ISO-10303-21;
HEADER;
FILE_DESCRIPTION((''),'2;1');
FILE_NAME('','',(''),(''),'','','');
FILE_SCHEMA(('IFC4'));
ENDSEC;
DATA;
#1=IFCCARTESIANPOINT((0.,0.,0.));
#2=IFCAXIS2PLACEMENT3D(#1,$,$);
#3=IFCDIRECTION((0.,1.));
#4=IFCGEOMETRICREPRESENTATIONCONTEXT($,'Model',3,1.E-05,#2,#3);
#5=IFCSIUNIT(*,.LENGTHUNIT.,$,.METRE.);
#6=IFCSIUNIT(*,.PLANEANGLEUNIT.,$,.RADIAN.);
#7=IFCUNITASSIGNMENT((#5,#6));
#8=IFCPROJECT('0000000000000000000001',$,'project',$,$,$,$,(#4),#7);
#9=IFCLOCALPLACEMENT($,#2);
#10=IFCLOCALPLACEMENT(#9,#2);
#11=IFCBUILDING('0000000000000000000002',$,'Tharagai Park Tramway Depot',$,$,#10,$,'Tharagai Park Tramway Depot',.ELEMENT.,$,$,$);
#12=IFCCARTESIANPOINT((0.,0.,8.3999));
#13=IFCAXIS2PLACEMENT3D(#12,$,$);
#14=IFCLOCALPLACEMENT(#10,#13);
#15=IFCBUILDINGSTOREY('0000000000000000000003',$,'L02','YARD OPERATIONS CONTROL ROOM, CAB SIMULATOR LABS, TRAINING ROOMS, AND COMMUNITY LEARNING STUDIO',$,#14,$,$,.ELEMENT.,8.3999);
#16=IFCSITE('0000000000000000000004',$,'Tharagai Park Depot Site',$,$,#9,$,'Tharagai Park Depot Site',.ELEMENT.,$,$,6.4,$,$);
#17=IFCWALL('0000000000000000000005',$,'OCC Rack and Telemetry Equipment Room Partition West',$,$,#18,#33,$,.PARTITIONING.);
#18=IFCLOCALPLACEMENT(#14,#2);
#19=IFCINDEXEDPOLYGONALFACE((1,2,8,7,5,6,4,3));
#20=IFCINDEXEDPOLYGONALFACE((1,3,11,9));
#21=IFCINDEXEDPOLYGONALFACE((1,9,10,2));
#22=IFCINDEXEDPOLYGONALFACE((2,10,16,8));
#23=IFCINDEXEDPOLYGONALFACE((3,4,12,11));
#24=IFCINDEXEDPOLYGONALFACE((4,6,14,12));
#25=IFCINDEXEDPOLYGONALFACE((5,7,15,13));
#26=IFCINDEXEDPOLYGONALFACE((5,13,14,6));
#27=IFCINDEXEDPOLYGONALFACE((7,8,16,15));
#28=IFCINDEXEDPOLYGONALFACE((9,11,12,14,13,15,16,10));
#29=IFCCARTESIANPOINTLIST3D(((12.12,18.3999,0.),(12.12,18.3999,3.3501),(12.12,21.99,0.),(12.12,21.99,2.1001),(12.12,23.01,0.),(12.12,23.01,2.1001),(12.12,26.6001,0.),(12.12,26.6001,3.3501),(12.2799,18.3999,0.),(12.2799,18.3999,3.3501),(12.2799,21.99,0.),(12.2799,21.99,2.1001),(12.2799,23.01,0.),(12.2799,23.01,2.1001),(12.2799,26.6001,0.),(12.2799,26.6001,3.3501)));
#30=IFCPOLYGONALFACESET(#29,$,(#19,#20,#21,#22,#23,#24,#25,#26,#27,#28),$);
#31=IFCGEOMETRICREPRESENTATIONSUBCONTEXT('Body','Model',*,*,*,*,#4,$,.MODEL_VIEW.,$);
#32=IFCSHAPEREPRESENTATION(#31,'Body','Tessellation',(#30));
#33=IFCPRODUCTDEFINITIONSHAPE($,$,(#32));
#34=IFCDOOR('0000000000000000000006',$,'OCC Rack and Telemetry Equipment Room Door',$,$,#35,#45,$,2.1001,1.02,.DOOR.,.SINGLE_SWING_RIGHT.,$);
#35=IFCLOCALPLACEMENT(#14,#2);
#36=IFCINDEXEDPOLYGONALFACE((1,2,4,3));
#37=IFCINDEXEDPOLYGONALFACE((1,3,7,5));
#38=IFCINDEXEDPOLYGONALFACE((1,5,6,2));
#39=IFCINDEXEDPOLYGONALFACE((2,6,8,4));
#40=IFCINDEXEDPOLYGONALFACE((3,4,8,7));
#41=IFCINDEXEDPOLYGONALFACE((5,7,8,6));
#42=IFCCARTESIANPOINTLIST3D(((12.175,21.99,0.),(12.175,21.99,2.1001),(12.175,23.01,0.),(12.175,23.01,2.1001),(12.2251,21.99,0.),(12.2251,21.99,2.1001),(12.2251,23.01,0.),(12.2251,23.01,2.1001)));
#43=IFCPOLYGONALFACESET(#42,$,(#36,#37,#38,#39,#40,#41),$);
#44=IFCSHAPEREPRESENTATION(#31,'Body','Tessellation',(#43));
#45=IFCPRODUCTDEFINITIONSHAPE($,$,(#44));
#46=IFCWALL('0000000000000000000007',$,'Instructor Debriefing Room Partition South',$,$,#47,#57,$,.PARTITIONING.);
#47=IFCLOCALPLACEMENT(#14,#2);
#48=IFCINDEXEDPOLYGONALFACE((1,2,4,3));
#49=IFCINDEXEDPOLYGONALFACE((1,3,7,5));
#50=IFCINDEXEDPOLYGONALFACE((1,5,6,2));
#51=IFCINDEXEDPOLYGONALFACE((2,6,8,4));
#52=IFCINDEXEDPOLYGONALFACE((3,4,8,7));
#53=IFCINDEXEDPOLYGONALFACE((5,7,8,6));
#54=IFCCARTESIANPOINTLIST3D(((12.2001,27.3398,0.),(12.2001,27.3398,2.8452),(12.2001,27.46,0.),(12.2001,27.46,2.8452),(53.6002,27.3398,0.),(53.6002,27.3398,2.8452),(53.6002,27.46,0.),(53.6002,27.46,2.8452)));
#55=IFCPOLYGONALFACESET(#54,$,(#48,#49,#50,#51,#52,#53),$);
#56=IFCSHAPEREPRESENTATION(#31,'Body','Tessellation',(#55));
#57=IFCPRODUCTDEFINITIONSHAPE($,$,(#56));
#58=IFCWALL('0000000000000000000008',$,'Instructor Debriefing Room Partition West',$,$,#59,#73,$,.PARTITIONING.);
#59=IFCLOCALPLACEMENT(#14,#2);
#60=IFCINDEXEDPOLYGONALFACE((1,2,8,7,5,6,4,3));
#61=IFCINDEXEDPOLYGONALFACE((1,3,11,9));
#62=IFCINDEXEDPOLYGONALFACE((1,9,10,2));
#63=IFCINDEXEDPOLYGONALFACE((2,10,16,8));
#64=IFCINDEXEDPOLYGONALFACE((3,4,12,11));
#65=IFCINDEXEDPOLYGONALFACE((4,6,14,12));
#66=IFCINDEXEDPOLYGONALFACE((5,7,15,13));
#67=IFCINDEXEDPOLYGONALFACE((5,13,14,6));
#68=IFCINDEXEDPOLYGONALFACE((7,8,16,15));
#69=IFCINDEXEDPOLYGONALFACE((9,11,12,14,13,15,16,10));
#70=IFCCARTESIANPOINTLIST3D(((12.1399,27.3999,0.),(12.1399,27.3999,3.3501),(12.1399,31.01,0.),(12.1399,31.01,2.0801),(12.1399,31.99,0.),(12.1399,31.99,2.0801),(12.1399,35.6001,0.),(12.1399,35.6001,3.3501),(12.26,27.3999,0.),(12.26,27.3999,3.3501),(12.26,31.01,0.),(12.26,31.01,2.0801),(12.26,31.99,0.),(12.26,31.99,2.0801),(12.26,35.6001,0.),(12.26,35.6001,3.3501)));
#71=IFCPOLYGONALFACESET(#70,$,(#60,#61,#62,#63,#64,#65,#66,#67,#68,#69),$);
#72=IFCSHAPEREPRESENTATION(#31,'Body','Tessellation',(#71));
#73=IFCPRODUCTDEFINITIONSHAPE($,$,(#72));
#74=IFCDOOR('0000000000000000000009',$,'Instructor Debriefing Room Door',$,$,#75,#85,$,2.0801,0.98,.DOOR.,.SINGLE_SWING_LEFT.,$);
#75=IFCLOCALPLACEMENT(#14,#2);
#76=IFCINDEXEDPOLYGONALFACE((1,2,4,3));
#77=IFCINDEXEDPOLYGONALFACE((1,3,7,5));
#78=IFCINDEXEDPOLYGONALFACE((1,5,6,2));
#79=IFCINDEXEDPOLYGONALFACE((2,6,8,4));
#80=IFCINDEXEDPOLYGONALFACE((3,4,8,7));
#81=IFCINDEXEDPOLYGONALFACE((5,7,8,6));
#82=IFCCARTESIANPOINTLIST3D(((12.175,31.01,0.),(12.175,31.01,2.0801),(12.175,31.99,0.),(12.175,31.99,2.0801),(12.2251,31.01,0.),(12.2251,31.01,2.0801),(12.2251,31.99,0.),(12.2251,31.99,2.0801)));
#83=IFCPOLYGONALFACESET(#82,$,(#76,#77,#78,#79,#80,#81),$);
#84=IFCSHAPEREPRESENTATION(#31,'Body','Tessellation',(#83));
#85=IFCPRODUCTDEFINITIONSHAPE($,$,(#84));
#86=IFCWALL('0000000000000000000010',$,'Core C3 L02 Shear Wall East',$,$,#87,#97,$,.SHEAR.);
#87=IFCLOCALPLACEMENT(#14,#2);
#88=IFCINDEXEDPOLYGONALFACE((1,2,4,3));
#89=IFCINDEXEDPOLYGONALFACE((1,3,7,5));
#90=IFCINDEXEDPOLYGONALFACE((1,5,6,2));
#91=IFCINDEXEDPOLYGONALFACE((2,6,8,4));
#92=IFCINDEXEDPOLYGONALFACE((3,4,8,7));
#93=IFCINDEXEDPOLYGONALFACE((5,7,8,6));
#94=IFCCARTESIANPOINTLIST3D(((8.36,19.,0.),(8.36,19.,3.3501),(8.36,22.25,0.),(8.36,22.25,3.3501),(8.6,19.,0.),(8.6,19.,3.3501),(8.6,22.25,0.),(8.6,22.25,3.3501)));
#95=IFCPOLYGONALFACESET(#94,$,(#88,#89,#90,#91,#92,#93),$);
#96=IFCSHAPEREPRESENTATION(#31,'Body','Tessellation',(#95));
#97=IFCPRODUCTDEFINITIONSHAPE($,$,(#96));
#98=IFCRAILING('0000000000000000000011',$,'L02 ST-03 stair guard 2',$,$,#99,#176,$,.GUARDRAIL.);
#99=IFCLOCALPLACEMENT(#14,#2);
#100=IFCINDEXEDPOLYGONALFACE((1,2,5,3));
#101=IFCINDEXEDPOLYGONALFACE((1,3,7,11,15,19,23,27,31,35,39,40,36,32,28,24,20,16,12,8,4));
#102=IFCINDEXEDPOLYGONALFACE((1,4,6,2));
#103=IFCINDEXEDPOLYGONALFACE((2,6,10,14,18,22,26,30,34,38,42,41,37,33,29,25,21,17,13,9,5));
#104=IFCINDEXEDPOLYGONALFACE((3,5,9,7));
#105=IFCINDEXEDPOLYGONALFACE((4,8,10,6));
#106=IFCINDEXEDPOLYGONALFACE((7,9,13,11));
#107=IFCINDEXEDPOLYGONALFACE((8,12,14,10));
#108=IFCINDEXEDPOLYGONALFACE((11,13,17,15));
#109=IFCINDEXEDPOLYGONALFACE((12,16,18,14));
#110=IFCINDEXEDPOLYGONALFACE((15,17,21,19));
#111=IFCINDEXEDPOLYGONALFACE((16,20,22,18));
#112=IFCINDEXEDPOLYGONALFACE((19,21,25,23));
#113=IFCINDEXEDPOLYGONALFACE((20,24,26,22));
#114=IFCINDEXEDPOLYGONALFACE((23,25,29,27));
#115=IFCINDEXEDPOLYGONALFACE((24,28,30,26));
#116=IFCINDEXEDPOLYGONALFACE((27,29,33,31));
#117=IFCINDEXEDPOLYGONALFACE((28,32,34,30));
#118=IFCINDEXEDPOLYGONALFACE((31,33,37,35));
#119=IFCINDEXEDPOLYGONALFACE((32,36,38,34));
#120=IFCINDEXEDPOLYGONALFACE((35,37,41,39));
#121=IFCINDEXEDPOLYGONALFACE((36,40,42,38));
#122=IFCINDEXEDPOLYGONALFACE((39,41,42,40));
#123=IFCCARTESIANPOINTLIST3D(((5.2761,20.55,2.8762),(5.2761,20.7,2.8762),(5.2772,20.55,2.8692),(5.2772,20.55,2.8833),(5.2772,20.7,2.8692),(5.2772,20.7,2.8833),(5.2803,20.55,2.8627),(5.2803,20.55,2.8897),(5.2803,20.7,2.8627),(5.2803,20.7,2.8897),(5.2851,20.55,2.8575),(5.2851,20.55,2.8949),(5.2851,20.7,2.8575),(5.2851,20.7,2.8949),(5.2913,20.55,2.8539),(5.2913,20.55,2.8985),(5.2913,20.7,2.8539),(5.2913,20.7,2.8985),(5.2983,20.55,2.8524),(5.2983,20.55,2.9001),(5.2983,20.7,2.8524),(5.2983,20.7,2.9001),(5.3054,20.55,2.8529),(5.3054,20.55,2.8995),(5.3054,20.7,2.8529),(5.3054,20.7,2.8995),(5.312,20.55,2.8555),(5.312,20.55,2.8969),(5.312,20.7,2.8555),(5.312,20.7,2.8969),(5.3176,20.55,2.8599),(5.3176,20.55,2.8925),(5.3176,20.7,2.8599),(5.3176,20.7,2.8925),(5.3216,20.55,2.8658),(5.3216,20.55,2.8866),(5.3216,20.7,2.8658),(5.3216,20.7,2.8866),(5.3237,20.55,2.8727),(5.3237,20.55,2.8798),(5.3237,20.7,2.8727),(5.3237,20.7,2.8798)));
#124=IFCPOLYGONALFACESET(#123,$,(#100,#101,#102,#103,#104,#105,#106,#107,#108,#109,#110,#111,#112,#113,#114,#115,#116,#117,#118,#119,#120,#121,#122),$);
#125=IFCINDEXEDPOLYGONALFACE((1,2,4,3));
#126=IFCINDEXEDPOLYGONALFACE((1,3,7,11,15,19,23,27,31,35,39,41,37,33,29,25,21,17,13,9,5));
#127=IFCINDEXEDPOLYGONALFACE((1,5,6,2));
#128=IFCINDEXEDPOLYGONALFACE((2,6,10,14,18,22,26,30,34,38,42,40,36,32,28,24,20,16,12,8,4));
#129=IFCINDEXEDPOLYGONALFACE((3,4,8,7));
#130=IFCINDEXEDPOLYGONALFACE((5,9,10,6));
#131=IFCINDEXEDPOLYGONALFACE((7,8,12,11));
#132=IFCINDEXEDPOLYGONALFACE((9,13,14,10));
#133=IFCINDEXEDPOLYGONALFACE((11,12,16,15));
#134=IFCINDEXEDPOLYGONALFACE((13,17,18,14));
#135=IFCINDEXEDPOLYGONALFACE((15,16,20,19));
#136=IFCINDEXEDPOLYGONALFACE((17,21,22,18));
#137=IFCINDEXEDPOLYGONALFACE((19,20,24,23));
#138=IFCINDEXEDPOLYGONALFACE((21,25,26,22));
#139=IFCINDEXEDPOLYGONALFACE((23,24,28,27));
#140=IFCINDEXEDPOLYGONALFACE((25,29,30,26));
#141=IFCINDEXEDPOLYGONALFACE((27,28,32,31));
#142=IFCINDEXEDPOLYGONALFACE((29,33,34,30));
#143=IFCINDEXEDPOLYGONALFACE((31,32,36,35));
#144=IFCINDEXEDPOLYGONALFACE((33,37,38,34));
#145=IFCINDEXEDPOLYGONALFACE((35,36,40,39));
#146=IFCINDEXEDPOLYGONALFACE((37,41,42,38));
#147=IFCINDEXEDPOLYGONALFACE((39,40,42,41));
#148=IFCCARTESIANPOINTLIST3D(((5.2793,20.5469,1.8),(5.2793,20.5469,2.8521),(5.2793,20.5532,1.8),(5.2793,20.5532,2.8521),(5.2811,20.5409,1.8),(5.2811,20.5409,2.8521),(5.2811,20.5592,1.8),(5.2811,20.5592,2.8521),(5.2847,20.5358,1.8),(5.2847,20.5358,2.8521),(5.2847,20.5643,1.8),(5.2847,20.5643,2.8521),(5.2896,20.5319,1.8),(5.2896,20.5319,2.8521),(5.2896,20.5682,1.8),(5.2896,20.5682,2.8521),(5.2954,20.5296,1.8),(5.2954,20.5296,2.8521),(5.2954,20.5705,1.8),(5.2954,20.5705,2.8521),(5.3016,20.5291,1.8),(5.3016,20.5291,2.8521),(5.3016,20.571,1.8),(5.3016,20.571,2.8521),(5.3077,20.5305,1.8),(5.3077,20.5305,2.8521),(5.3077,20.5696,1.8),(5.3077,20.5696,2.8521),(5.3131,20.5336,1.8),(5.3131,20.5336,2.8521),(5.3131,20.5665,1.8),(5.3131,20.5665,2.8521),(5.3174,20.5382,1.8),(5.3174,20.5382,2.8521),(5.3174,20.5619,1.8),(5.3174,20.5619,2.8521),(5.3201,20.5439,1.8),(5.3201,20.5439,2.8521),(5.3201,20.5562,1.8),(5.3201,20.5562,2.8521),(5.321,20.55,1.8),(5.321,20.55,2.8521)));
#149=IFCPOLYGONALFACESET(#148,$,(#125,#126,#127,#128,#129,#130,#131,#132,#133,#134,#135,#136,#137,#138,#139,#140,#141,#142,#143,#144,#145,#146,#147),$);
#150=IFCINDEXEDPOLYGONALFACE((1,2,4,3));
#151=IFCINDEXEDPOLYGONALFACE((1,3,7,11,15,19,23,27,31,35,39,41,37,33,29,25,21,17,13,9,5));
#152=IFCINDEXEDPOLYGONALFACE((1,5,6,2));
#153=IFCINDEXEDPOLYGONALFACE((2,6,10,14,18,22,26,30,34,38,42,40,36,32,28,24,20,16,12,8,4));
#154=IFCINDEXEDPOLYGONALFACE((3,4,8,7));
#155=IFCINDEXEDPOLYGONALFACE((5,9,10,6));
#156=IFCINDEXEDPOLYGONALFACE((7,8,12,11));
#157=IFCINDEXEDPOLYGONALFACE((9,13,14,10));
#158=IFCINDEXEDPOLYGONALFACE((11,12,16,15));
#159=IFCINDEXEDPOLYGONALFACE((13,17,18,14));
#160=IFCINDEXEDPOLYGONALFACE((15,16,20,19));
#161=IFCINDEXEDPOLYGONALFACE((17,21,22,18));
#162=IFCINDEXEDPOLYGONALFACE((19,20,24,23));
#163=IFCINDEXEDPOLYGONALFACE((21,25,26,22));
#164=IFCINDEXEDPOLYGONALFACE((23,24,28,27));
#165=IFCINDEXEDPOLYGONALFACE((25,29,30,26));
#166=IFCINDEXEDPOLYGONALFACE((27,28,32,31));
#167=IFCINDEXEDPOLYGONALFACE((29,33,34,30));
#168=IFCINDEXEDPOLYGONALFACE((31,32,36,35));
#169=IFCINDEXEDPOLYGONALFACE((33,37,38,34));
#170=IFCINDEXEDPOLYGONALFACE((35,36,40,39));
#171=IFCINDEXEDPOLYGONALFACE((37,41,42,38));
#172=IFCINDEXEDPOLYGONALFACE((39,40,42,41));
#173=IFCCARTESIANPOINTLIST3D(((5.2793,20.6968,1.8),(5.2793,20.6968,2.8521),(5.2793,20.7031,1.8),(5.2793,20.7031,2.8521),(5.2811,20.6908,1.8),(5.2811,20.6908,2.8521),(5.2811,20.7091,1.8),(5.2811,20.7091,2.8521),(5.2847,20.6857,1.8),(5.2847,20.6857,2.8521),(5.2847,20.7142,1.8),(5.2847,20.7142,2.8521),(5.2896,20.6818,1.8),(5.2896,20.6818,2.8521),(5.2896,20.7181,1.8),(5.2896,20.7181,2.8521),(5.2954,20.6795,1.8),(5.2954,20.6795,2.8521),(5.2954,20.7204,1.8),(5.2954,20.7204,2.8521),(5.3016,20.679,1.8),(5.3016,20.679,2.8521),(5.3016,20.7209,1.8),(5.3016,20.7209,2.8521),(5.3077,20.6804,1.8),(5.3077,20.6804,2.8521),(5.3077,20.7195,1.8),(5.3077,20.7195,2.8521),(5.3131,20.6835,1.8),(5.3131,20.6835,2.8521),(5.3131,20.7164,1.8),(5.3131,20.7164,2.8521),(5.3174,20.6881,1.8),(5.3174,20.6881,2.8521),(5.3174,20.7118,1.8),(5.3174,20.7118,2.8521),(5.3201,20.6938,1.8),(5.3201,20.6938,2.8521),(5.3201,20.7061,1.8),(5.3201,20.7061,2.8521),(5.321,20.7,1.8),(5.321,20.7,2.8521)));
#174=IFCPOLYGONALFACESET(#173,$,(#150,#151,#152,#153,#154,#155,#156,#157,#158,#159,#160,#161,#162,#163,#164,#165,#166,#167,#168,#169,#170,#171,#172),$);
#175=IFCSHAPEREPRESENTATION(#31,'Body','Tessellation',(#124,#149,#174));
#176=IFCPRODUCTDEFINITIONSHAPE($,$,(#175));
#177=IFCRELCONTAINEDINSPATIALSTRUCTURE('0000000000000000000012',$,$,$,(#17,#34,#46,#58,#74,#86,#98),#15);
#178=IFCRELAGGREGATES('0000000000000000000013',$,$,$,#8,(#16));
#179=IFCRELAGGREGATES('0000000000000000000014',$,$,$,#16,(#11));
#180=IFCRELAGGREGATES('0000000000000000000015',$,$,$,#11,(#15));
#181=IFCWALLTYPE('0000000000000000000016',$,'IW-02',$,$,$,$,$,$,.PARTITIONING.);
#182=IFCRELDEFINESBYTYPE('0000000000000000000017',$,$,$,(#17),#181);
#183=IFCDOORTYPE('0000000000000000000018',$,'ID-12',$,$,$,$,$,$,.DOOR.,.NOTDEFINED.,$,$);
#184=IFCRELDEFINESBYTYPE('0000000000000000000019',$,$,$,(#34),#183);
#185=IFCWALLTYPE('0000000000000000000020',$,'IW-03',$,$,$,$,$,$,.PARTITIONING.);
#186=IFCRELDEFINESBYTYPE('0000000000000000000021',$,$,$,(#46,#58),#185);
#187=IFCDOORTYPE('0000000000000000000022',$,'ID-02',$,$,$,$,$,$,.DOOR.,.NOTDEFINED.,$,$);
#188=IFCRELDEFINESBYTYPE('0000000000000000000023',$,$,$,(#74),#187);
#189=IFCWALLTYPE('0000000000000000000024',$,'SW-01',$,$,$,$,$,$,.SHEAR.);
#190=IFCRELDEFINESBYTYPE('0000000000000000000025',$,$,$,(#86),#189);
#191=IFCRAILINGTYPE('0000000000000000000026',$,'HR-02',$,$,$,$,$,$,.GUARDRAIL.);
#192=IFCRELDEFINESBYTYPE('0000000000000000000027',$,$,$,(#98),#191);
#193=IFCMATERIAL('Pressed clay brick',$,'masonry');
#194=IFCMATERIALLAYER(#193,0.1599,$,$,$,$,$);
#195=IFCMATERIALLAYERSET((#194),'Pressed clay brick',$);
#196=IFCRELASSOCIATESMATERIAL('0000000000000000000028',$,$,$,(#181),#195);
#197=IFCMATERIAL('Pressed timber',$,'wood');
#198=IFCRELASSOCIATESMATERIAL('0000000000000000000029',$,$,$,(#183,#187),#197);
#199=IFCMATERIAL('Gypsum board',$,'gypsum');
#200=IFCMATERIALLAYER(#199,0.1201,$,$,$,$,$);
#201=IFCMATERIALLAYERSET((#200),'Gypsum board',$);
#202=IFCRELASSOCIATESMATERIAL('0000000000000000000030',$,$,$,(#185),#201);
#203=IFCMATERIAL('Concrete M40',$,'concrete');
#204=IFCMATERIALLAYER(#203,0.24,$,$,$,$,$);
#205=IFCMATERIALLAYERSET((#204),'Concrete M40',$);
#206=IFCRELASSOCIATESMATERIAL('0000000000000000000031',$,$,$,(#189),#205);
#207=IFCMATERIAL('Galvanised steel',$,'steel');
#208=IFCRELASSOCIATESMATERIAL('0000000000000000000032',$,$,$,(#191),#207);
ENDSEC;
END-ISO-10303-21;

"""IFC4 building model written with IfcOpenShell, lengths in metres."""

from ifc_helpers import new_model, si_unit, direction, frame, frame_2d, origin, origin_2d, place, context, subcontext, project, spatial, rectangle, circle, extrude, material, layer, layer_set, type_object, element, fill, save


model = new_model("IFC4")

# Units and contexts
model_context = context("Model", 3, precision=1e-05, world=origin(), true_north=direction((0.0, 1.0)))
body_context = subcontext(model_context, "Body", "Model", "MODEL_VIEW")
ifc_project = project(units=[si_unit("LENGTHUNIT", "METRE"), si_unit("PLANEANGLEUNIT", "RADIAN")], contexts=[model_context])

# Site, building, storey
site_placement = place(None, origin())
site = spatial("IfcSite", under=ifc_project, at=site_placement, Name="Tharagai Park Depot Site", LongName="Tharagai Park Depot Site", CompositionType="ELEMENT", RefElevation=6.4)
building_placement = place(site_placement, origin())
building = spatial("IfcBuilding", under=site, at=building_placement, Name="Tharagai Park Tramway Depot", LongName="Tharagai Park Tramway Depot", CompositionType="ELEMENT")
storey_placement = place(building_placement, frame((0.0, 0.0, 8.3999)))
storey = spatial("IfcBuildingStorey", under=building, at=storey_placement, Name="L02", Description="YARD OPERATIONS CONTROL ROOM, CAB SIMULATOR LABS, TRAINING ROOMS, AND COMMUNITY LEARNING STUDIO", CompositionType="ELEMENT", Elevation=8.3999)

# Shared definitions
ifc_material_1 = material(Name="Concrete M40", Category="concrete")

# Shared definitions
ifc_material_2 = material(Name="Pressed clay brick", Category="masonry")

# Shared definitions
ifc_layer_1 = layer(ifc_material_2, 0.1599)
ifc_layer_set_1 = layer_set([ifc_layer_1], Name="Pressed clay brick")
wall_type_1 = type_object("IfcWallType", Name="IW-02", PredefinedType="PARTITIONING", material=ifc_layer_set_1)

# Wall, opening, door
wall_1_placement = place(storey_placement, frame((12.2, 18.3999, 0.0), z_axis=(0.0, 0.0, 1.0), x_axis=(0.0, 1.0, 0.0)))
wall_1 = element("IfcWall", 1, at=wall_1_placement, inside=storey, type_object=wall_type_1, Name="OCC Rack and Telemetry Equipment Room Partition West", PredefinedType="PARTITIONING", context=body_context, shape_type="SweptSolid", body=[
    extrude(rectangle(XDim=8.2002, YDim=0.1599, at=frame_2d((4.1001, 0.0))), origin(), (0.0, 0.0, 1.0), 3.3501),
])
opening_1_placement = place(wall_1_placement, frame((3.5901, 0.0, 0.0)))
opening_1 = element("IfcOpeningElement", 2, at=opening_1_placement, cuts=wall_1, PredefinedType="OPENING", context=body_context, shape_type="SweptSolid", body=[
    extrude(rectangle(XDim=1.02, YDim=2.1001, at=frame_2d((0.51, 1.05))), frame((0.0, 0.0898, 0.0), z_axis=(0.0, -1.0, 0.0), x_axis=(1.0, 0.0, 0.0)), (0.0, 0.0, 1.0), 0.1799),
])
ifc_material_3 = material(Name="Pressed timber", Category="wood")
door_type_1 = type_object("IfcDoorType", Name="ID-12", OperationType="NOTDEFINED", PredefinedType="DOOR", material=ifc_material_3)
door_1_placement = place(opening_1_placement, origin())
door_1 = element("IfcDoor", 3, at=door_1_placement, inside=storey, type_object=door_type_1, Name="OCC Rack and Telemetry Equipment Room Door", OperationType="SINGLE_SWING_RIGHT", OverallHeight=2.1001, OverallWidth=1.02, PredefinedType="DOOR", context=body_context, shape_type="SweptSolid", body=[
    extrude(rectangle(XDim=1.02, YDim=2.1001, at=frame_2d((0.51, 1.05))), frame((0.0, 0.0249, 0.0), z_axis=(0.0, -1.0, 0.0), x_axis=(1.0, 0.0, 0.0)), (0.0, 0.0, 1.0), 0.05),
])
fill(opening_1, door_1)

# Wall
ifc_material_4 = material(Name="Gypsum board", Category="gypsum")
ifc_layer_2 = layer(ifc_material_4, 0.1201)
ifc_layer_set_2 = layer_set([ifc_layer_2], Name="Gypsum board")
wall_type_2 = type_object("IfcWallType", Name="IW-03", PredefinedType="PARTITIONING", material=ifc_layer_set_2)
wall_2_placement = place(storey_placement, frame((12.2, 27.3999, 0.0), z_axis=(0.0, 0.0, 1.0), x_axis=(1.0, 0.0, 0.0)))
element("IfcWall", 4, at=wall_2_placement, inside=storey, type_object=wall_type_2, Name="Instructor Debriefing Room Partition South", PredefinedType="PARTITIONING", context=body_context, shape_type="SweptSolid", body=[
    extrude(rectangle(XDim=41.4001, YDim=0.1201, at=frame_2d((20.7002, 0.0))), origin(), (0.0, 0.0, 1.0), 2.8452),
])

# Wall, opening, door
wall_3_placement = place(storey_placement, frame((12.2, 27.3999, 0.0), z_axis=(0.0, 0.0, 1.0), x_axis=(0.0, 1.0, 0.0)))
wall_3 = element("IfcWall", 5, at=wall_3_placement, inside=storey, type_object=wall_type_2, Name="Instructor Debriefing Room Partition West", PredefinedType="PARTITIONING", context=body_context, shape_type="SweptSolid", body=[
    extrude(rectangle(XDim=8.2002, YDim=0.1201, at=frame_2d((4.1001, 0.0))), origin(), (0.0, 0.0, 1.0), 3.3501),
])
opening_2_placement = place(wall_3_placement, frame((3.6101, 0.0, 0.0)))
opening_2 = element("IfcOpeningElement", 6, at=opening_2_placement, cuts=wall_3, PredefinedType="OPENING", context=body_context, shape_type="SweptSolid", body=[
    extrude(rectangle(XDim=0.98, YDim=2.0801, at=frame_2d((0.49, 1.04))), frame((0.0, 0.0701, 0.0), z_axis=(0.0, -1.0, 0.0), x_axis=(1.0, 0.0, 0.0)), (0.0, 0.0, 1.0), 0.1401),
])
door_type_2 = type_object("IfcDoorType", Name="ID-02", OperationType="NOTDEFINED", PredefinedType="DOOR", material=ifc_material_3)
door_2_placement = place(opening_2_placement, origin())
door_2 = element("IfcDoor", 7, at=door_2_placement, inside=storey, type_object=door_type_2, Name="Instructor Debriefing Room Door", OperationType="SINGLE_SWING_LEFT", OverallHeight=2.0801, OverallWidth=0.98, PredefinedType="DOOR", context=body_context, shape_type="SweptSolid", body=[
    extrude(rectangle(XDim=0.98, YDim=2.0801, at=frame_2d((0.49, 1.04))), frame((0.0, 0.0249, 0.0), z_axis=(0.0, -1.0, 0.0), x_axis=(1.0, 0.0, 0.0)), (0.0, 0.0, 1.0), 0.05),
])
fill(opening_2, door_2)

# Wall
ifc_layer_3 = layer(ifc_material_1, 0.24)
ifc_layer_set_3 = layer_set([ifc_layer_3], Name="Concrete M40")
wall_type_3 = type_object("IfcWallType", Name="SW-01", PredefinedType="SHEAR", material=ifc_layer_set_3)
wall_4_placement = place(storey_placement, frame((8.48, 19.0, 0.0), z_axis=(0.0, 0.0, 1.0), x_axis=(0.0, 1.0, 0.0)))
element("IfcWall", 8, at=wall_4_placement, inside=storey, type_object=wall_type_3, Name="Core C3 L02 Shear Wall East", PredefinedType="SHEAR", context=body_context, shape_type="SweptSolid", body=[
    extrude(rectangle(XDim=3.25, YDim=0.24, at=frame_2d((1.625, 0.0))), origin(), (0.0, 0.0, 1.0), 3.3501),
])

# Railing
ifc_material_5 = material(Name="Galvanised steel", Category="steel")
railing_type = type_object("IfcRailingType", Name="HR-02", PredefinedType="GUARDRAIL", material=ifc_material_5)
railing_placement = place(storey_placement, frame((5.3, 20.55, 1.8)))
element("IfcRailing", 9, at=railing_placement, inside=storey, type_object=railing_type, Name="L02 ST-03 stair guard 2", PredefinedType="GUARDRAIL", context=body_context, shape_type="SweptSolid", body=[
    extrude(circle(Radius=0.0239, at=origin_2d()), frame((0.0, 0.0, 1.0762), z_axis=(0.0, 1.0, 0.0), x_axis=(-1.0, 0.0, 0.0)), (0.0, 0.0, 1.0), 0.1499),
    extrude(circle(Radius=0.021, at=origin_2d()), origin(), (0.0, 0.0, 1.0), 1.052),
    extrude(circle(Radius=0.021, at=origin_2d()), frame((0.0, 0.1499, 0.0)), (0.0, 0.0, 1.0), 1.052),
])

save(model, "model.ifc")
